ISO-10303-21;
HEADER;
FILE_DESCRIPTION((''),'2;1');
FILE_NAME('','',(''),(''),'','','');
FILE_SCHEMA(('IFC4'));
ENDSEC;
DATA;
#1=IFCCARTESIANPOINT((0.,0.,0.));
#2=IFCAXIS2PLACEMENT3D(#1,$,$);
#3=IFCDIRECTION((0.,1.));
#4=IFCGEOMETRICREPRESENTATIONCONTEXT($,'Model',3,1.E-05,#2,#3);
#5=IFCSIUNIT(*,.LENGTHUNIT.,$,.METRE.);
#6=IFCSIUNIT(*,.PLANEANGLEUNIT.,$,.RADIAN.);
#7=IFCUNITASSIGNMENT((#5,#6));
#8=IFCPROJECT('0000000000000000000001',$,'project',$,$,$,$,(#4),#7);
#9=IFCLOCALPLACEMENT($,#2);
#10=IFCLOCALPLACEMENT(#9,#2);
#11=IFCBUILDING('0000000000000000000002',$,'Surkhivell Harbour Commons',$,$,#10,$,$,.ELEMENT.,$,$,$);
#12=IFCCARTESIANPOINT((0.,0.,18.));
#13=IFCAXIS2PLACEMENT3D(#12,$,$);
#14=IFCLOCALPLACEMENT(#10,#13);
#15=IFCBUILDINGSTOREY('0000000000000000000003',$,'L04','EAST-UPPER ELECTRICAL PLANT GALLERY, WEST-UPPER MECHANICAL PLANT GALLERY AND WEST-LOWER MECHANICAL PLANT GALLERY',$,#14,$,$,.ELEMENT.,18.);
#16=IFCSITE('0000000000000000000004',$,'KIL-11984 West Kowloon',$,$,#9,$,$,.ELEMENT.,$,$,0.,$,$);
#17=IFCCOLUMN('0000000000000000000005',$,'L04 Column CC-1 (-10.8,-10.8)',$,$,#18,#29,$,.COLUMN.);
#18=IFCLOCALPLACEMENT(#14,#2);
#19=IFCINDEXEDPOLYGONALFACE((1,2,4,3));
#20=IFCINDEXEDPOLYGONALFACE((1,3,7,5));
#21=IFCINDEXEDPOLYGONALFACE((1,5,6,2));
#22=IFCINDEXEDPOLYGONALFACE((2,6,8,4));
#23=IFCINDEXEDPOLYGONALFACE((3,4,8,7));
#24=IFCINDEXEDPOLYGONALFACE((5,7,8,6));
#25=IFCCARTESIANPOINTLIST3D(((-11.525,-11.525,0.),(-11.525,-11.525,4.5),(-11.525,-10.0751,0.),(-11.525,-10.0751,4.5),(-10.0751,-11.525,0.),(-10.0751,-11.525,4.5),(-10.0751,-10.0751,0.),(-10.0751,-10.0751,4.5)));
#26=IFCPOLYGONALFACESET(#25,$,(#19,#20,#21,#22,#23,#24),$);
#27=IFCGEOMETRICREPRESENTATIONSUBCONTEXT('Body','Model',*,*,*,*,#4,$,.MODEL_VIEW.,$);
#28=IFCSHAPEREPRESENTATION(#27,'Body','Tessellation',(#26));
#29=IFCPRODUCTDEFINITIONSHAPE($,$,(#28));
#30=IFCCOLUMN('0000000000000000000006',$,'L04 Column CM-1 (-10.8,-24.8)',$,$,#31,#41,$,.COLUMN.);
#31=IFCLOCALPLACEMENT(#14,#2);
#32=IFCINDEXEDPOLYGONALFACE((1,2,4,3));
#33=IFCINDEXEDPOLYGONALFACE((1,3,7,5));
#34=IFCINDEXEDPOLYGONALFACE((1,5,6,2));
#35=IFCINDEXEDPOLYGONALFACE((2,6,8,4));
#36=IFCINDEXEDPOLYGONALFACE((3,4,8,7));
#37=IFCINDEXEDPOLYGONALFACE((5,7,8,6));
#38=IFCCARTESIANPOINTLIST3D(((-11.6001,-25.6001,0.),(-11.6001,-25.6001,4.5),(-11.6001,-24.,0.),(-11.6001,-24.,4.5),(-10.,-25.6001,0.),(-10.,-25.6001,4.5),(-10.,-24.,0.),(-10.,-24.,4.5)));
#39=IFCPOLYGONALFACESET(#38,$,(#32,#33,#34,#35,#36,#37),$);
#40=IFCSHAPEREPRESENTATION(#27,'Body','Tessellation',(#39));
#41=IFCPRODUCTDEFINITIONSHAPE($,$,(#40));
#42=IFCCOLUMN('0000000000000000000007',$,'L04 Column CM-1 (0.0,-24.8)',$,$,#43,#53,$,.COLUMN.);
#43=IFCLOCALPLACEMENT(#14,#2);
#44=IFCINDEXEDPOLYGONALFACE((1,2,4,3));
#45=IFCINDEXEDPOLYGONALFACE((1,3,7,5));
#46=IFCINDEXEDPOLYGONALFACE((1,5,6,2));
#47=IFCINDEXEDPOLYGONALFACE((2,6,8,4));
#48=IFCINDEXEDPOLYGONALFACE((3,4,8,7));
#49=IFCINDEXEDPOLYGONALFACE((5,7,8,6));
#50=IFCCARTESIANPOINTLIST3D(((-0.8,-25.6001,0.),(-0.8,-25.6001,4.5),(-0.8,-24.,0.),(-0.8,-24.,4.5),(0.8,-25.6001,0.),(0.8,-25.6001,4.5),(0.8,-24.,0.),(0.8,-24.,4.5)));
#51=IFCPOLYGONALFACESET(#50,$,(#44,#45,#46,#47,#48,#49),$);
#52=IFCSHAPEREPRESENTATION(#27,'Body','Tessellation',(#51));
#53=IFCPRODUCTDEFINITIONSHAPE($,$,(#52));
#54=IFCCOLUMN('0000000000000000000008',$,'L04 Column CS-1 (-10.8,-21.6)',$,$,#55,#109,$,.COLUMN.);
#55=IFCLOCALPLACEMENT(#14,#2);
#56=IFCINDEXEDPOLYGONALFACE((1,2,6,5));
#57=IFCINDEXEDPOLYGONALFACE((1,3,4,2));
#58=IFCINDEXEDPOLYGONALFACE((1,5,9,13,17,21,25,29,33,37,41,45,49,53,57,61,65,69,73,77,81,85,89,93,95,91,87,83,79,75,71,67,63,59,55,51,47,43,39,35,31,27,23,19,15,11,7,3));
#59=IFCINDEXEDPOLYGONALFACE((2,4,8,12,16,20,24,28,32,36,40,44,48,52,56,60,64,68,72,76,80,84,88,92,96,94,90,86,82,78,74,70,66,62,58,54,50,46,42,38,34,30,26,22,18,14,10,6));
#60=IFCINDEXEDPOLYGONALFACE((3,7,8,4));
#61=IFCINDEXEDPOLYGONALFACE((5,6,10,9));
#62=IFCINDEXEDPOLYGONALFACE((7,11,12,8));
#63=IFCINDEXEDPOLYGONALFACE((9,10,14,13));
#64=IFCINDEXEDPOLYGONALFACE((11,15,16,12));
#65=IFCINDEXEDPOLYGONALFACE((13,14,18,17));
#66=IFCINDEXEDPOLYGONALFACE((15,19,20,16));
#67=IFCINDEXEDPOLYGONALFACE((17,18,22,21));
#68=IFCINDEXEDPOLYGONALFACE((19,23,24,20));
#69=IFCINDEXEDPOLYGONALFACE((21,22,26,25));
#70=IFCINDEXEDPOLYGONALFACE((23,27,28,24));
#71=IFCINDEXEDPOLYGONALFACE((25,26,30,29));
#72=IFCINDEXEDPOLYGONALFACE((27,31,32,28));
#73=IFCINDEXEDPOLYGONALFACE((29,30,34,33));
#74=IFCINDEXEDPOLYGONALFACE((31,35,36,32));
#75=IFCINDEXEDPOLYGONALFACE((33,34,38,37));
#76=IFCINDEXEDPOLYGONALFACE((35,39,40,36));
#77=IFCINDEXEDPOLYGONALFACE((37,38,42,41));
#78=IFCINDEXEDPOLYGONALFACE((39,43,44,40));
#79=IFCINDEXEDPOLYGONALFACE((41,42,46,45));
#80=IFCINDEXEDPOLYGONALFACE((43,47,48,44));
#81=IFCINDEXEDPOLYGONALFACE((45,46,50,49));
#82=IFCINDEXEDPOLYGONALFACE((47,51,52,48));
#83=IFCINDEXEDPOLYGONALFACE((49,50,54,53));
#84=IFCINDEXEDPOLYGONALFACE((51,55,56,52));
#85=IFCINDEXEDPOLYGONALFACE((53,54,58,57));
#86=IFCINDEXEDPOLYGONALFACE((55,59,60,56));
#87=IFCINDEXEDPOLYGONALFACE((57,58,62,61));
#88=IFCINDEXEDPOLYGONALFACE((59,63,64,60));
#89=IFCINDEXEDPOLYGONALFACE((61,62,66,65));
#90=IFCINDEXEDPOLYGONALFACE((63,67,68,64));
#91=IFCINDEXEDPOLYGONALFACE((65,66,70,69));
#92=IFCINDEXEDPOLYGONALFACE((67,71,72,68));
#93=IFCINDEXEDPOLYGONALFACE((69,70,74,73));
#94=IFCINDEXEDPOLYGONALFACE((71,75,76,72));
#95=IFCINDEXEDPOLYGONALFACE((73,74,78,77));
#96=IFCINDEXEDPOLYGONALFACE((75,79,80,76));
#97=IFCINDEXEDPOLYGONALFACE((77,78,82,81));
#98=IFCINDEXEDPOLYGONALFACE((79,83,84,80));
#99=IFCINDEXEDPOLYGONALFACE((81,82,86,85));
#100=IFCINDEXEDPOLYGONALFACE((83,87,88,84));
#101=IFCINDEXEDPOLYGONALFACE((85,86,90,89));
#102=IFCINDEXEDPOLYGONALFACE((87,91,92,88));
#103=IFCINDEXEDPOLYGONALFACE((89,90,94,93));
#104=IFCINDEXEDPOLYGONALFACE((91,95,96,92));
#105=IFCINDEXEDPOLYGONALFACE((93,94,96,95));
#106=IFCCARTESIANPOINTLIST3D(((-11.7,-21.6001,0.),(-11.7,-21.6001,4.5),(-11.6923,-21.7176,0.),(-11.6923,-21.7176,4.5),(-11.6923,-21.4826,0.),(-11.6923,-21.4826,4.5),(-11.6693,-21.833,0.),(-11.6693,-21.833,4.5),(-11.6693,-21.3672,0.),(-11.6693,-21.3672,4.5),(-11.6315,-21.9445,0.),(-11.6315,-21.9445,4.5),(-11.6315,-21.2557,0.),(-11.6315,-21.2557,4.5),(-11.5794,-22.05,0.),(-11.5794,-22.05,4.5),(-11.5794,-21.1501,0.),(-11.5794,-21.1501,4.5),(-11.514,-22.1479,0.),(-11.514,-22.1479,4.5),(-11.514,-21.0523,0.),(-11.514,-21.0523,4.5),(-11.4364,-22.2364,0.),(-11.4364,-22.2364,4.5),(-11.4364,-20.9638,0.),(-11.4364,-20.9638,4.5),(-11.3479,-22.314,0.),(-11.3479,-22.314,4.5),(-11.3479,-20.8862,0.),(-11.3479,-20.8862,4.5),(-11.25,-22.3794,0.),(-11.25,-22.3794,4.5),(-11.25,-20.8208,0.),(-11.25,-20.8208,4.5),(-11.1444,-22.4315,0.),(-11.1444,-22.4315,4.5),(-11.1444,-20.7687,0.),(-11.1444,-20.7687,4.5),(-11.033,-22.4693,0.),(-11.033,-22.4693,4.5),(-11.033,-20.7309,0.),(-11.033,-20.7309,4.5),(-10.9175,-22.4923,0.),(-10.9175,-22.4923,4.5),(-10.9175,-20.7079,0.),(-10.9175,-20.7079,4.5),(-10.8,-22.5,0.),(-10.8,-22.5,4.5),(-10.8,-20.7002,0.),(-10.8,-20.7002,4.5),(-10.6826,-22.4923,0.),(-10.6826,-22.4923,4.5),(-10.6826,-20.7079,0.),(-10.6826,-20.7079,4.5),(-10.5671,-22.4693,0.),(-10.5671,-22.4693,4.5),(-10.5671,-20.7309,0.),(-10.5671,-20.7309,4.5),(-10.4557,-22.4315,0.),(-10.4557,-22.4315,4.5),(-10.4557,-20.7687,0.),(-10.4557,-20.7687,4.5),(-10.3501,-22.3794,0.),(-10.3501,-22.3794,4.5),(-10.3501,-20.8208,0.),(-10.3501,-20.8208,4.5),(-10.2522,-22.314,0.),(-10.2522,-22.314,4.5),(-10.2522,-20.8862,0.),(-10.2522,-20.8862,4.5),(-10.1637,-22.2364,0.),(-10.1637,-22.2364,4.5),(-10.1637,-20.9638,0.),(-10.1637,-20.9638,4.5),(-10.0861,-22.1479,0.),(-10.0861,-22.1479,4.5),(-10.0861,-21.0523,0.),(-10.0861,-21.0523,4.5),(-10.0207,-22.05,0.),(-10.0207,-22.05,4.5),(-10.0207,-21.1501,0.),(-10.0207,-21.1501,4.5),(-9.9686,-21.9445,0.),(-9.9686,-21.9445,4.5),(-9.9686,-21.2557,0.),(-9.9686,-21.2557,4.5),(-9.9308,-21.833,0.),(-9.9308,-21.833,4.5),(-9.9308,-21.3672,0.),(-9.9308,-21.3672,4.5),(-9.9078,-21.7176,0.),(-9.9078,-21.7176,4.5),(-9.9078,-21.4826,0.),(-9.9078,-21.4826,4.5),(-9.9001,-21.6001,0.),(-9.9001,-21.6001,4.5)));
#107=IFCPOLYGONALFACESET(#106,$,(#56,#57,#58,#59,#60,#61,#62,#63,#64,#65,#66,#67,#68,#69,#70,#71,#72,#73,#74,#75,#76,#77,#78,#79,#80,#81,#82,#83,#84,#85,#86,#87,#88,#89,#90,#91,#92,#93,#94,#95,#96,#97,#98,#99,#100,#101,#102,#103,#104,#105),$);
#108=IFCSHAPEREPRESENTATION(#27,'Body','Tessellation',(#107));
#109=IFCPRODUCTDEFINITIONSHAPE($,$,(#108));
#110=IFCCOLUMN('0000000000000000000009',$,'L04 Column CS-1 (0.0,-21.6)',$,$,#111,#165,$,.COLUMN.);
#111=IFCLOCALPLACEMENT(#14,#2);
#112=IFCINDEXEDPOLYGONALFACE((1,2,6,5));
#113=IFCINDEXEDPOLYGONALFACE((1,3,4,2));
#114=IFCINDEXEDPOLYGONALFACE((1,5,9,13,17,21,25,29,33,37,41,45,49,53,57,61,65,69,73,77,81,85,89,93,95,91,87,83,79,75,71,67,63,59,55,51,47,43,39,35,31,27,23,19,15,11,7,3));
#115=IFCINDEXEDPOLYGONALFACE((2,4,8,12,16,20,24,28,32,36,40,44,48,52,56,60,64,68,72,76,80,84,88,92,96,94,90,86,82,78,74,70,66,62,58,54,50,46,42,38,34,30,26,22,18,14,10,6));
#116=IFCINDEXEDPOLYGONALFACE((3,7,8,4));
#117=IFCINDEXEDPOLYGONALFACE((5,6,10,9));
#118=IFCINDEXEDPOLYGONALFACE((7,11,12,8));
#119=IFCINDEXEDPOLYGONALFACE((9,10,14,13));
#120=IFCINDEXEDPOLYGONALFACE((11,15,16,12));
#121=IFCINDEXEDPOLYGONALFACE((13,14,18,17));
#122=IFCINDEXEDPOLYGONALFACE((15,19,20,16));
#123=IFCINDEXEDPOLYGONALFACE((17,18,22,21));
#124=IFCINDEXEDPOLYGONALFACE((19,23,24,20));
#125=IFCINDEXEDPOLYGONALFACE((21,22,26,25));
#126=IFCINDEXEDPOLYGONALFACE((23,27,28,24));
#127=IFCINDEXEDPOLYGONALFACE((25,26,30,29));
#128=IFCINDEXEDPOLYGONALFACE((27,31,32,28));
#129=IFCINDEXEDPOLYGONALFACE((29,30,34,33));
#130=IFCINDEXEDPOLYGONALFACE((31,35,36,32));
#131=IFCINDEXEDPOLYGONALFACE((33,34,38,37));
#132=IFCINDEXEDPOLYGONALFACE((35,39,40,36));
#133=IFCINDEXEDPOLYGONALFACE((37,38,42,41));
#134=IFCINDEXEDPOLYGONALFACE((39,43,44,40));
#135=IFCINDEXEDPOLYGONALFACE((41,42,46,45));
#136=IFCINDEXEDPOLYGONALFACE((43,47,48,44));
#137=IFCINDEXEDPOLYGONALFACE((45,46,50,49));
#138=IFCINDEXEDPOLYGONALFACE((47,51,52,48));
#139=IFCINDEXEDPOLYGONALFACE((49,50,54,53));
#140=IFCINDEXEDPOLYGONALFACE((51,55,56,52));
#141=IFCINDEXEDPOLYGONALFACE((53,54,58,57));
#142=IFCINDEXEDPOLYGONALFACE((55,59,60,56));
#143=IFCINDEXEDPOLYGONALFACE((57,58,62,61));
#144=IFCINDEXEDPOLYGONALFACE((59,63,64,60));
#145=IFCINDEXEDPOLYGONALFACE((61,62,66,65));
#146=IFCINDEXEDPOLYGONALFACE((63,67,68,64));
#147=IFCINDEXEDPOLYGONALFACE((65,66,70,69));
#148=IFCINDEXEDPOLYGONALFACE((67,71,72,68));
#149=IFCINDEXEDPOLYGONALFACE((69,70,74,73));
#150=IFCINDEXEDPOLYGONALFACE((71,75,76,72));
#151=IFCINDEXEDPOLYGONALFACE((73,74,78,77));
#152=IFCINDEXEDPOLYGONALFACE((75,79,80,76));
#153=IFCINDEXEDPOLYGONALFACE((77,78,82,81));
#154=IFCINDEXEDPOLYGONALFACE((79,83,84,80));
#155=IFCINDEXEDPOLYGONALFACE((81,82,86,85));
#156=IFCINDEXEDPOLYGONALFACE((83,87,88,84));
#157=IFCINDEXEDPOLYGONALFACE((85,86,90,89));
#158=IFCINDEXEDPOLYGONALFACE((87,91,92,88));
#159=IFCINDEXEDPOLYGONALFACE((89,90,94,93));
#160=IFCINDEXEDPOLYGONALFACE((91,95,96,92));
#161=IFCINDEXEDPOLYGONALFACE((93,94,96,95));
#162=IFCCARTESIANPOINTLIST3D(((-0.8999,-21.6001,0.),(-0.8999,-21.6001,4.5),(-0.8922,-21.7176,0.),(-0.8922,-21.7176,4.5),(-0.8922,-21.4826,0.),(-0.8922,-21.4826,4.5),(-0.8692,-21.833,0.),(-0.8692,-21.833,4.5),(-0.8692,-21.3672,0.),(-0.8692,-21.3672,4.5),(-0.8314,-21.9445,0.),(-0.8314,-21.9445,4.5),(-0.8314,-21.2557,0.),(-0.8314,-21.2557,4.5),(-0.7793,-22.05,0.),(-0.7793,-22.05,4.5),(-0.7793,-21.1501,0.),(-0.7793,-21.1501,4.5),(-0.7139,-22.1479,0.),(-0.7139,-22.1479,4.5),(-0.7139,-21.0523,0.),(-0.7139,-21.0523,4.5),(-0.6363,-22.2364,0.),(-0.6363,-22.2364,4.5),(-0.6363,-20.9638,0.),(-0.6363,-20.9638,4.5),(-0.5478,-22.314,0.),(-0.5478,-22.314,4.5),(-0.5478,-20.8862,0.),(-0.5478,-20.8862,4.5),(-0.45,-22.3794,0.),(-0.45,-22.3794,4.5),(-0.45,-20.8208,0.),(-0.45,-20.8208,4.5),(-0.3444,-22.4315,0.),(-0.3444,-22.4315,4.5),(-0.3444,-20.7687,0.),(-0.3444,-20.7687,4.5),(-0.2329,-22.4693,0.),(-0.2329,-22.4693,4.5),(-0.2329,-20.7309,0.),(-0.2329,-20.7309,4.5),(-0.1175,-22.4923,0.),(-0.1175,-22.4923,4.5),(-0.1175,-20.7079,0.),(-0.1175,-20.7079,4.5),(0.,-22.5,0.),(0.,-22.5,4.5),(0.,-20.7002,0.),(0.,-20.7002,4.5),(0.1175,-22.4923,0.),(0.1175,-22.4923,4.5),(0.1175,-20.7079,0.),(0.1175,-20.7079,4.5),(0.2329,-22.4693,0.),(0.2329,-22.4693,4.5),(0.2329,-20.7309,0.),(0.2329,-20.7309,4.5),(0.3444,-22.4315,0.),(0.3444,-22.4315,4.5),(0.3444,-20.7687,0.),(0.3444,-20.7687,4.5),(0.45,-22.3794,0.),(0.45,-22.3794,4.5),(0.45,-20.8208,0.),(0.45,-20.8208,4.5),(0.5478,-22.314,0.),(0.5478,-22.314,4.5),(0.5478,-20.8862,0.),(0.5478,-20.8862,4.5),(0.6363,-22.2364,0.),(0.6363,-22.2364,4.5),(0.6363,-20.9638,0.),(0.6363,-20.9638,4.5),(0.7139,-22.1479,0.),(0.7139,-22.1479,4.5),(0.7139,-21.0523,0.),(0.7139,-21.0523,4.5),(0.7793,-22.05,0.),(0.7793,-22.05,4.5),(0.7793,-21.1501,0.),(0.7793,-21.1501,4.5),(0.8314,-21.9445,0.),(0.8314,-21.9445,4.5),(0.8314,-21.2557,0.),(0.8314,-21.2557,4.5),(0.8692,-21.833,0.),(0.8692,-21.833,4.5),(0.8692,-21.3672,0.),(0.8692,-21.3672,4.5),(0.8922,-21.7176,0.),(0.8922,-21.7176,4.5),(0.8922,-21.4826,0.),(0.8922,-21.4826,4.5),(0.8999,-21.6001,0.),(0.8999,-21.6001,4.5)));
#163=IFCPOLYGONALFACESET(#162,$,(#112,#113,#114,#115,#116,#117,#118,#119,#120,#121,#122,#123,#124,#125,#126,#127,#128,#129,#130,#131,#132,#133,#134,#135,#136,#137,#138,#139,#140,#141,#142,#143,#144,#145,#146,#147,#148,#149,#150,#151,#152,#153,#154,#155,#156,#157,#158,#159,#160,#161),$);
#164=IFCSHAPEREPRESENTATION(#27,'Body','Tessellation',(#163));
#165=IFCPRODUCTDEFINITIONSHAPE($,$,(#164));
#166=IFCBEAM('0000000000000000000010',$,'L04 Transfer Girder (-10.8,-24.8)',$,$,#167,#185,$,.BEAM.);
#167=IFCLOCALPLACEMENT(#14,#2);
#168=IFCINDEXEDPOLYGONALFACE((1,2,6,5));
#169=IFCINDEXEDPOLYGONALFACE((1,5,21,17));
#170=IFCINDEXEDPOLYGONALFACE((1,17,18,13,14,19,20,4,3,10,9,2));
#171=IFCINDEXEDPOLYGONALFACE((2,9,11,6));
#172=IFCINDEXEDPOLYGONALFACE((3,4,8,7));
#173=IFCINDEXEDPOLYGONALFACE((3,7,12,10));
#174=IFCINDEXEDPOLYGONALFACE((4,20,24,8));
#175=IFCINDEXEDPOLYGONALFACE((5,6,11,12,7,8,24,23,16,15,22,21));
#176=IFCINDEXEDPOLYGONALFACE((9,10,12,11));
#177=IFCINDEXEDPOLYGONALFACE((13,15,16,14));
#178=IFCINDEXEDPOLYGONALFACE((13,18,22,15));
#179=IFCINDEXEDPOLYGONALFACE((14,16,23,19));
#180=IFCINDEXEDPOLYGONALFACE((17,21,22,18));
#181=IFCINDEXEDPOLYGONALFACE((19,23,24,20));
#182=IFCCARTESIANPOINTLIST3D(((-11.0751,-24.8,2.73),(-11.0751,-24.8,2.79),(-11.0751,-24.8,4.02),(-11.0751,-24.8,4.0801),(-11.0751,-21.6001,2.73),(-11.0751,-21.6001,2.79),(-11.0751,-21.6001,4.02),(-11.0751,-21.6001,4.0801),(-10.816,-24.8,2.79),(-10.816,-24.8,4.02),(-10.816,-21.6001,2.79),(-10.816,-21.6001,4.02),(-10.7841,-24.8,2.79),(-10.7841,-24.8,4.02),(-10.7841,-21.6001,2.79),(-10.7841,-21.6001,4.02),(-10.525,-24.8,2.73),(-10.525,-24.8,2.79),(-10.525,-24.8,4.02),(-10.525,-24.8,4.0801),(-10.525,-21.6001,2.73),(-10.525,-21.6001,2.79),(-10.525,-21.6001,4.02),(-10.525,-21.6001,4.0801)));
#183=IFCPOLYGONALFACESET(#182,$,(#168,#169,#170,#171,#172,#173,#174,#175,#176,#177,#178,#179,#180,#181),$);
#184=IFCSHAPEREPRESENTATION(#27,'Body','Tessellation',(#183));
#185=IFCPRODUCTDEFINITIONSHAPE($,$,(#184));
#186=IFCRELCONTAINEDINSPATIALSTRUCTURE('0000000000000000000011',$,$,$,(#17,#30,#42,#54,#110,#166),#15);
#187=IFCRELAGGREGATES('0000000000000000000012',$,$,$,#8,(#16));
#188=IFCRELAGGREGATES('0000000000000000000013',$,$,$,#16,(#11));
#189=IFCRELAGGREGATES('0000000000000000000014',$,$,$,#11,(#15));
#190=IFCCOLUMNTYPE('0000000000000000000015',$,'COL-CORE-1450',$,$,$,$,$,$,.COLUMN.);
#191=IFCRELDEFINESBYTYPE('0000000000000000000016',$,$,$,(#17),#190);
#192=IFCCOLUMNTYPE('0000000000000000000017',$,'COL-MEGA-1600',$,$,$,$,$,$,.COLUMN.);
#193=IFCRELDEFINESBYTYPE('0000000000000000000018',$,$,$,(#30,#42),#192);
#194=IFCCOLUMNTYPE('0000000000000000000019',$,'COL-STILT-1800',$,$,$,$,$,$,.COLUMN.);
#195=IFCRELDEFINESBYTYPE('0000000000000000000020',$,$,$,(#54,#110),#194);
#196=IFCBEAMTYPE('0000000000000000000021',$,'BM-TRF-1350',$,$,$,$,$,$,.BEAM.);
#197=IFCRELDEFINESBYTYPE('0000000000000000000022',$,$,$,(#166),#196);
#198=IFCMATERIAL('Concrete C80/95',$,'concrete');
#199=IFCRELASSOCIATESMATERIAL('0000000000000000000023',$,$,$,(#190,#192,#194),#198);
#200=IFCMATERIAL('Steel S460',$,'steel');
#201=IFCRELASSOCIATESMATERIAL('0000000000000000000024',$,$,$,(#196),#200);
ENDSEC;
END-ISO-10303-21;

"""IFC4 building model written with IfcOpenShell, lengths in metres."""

from ifc_helpers import new_model, si_unit, direction, frame, origin, origin_2d, place, context, subcontext, project, spatial, rectangle, circle, i_section, extrude, material, material_profile, profile_set, type_object, element, save


model = new_model("IFC4")

# Units and contexts
model_context = context("Model", 3, precision=1e-05, world=origin(), true_north=direction((0.0, 1.0)))
body_context = subcontext(model_context, "Body", "Model", "MODEL_VIEW")
ifc_project = project(units=[si_unit("LENGTHUNIT", "METRE"), si_unit("PLANEANGLEUNIT", "RADIAN")], contexts=[model_context])

# Site, building, storey
site_placement = place(None, origin())
site = spatial("IfcSite", under=ifc_project, at=site_placement, Name="KIL-11984 West Kowloon", CompositionType="ELEMENT", RefElevation=0.0)
building_placement = place(site_placement, origin())
building = spatial("IfcBuilding", under=site, at=building_placement, Name="Surkhivell Harbour Commons", CompositionType="ELEMENT")
storey_placement = place(building_placement, frame((0.0, 0.0, 18.0)))
storey = spatial("IfcBuildingStorey", under=building, at=storey_placement, Name="L04", Description="EAST-UPPER ELECTRICAL PLANT GALLERY, WEST-UPPER MECHANICAL PLANT GALLERY AND WEST-LOWER MECHANICAL PLANT GALLERY", CompositionType="ELEMENT", Elevation=18.0)

# Columns
ifc_material_1 = material(Name="Concrete C80/95", Category="concrete")
ifc_material_profile_1 = material_profile(ifc_material_1, rectangle(XDim=1.45, YDim=1.45, at=origin_2d()), Name="RC-COL-1450x1450")
ifc_profile_set_1 = profile_set([ifc_material_profile_1], Name="Concrete C80/95")
column_type_1 = type_object("IfcColumnType", Name="COL-CORE-1450", PredefinedType="COLUMN", material=ifc_profile_set_1)
column_placement = place(storey_placement, frame((-10.8, -10.8, 0.0), z_axis=(0.0, 0.0, 1.0), x_axis=(1.0, 0.0, 0.0)))
element("IfcColumn", 1, at=column_placement, inside=storey, type_object=column_type_1, Name="L04 Column CC-1 (-10.8,-10.8)", PredefinedType="COLUMN", context=body_context, shape_type="SweptSolid", body=[
    extrude(rectangle(XDim=1.45, YDim=1.45, at=origin_2d()), origin(), (0.0, 0.0, 1.0), 4.5),
])
ifc_material_profile_2 = material_profile(ifc_material_1, rectangle(XDim=1.6001, YDim=1.6001, at=origin_2d()), Name="RC-COL-1600x1600")
ifc_profile_set_2 = profile_set([ifc_material_profile_2], Name="Concrete C80/95")
column_type_2 = type_object("IfcColumnType", Name="COL-MEGA-1600", PredefinedType="COLUMN", material=ifc_profile_set_2)
for number, where, z_axis, x_axis, name in (
    (2, (-10.8, -24.8, 0.0), (0.0, 0.0, 1.0), (1.0, 0.0, 0.0), "L04 Column CM-1 (-10.8,-24.8)"),
    (3, (0.0, -24.8, 0.0), (0.0, 0.0, 1.0), (1.0, 0.0, 0.0), "L04 Column CM-1 (0.0,-24.8)"),
):
    element("IfcColumn", number, at=place(storey_placement, frame(where, z_axis=z_axis, x_axis=x_axis)), inside=storey, type_object=column_type_2, Name=name, PredefinedType="COLUMN", context=body_context, shape_type="SweptSolid", body=[
        extrude(rectangle(XDim=1.6001, YDim=1.6001, at=origin_2d()), origin(), (0.0, 0.0, 1.0), 4.5),
    ])
ifc_material_profile_3 = material_profile(ifc_material_1, circle(Radius=0.8999, at=origin_2d()), Name="RC-CIRC-1800")
ifc_profile_set_3 = profile_set([ifc_material_profile_3], Name="Concrete C80/95")
column_type_3 = type_object("IfcColumnType", Name="COL-STILT-1800", PredefinedType="COLUMN", material=ifc_profile_set_3)
for number, where, z_axis, x_axis, name in (
    (4, (-10.8, -21.6001, 0.0), (0.0, 0.0, 1.0), (1.0, 0.0, 0.0), "L04 Column CS-1 (-10.8,-21.6)"),
    (5, (0.0, -21.6001, 0.0), (0.0, 0.0, 1.0), (1.0, 0.0, 0.0), "L04 Column CS-1 (0.0,-21.6)"),
):
    element("IfcColumn", number, at=place(storey_placement, frame(where, z_axis=z_axis, x_axis=x_axis)), inside=storey, type_object=column_type_3, Name=name, PredefinedType="COLUMN", context=body_context, shape_type="SweptSolid", body=[
        extrude(circle(Radius=0.8999, at=origin_2d()), origin(), (0.0, 0.0, 1.0), 4.5),
    ])

# Beam
ifc_material_2 = material(Name="Steel S460", Category="steel")
ifc_material_profile_4 = material_profile(ifc_material_2, i_section(OverallWidth=0.55, OverallDepth=1.3501, WebThickness=0.032, FlangeThickness=0.0601, at=origin_2d()), Name="WPG1350x550x248")
ifc_profile_set_4 = profile_set([ifc_material_profile_4], Name="Steel S460")
beam_type_1 = type_object("IfcBeamType", Name="BM-TRF-1350", PredefinedType="BEAM", material=ifc_profile_set_4)
beam_1_placement = place(storey_placement, frame((-10.8, -24.8, 3.405), z_axis=(0.0, 1.0, 0.0), x_axis=(-1.0, 0.0, 0.0)))
element("IfcBeam", 6, at=beam_1_placement, inside=storey, type_object=beam_type_1, Name="L04 Transfer Girder (-10.8,-24.8)", PredefinedType="BEAM", context=body_context, shape_type="SweptSolid", body=[
    extrude(i_section(OverallWidth=0.55, OverallDepth=1.3501, WebThickness=0.032, FlangeThickness=0.0601, at=origin_2d()), origin(), (0.0, 0.0, 1.0), 3.2),
])

save(model, "model.ifc")
